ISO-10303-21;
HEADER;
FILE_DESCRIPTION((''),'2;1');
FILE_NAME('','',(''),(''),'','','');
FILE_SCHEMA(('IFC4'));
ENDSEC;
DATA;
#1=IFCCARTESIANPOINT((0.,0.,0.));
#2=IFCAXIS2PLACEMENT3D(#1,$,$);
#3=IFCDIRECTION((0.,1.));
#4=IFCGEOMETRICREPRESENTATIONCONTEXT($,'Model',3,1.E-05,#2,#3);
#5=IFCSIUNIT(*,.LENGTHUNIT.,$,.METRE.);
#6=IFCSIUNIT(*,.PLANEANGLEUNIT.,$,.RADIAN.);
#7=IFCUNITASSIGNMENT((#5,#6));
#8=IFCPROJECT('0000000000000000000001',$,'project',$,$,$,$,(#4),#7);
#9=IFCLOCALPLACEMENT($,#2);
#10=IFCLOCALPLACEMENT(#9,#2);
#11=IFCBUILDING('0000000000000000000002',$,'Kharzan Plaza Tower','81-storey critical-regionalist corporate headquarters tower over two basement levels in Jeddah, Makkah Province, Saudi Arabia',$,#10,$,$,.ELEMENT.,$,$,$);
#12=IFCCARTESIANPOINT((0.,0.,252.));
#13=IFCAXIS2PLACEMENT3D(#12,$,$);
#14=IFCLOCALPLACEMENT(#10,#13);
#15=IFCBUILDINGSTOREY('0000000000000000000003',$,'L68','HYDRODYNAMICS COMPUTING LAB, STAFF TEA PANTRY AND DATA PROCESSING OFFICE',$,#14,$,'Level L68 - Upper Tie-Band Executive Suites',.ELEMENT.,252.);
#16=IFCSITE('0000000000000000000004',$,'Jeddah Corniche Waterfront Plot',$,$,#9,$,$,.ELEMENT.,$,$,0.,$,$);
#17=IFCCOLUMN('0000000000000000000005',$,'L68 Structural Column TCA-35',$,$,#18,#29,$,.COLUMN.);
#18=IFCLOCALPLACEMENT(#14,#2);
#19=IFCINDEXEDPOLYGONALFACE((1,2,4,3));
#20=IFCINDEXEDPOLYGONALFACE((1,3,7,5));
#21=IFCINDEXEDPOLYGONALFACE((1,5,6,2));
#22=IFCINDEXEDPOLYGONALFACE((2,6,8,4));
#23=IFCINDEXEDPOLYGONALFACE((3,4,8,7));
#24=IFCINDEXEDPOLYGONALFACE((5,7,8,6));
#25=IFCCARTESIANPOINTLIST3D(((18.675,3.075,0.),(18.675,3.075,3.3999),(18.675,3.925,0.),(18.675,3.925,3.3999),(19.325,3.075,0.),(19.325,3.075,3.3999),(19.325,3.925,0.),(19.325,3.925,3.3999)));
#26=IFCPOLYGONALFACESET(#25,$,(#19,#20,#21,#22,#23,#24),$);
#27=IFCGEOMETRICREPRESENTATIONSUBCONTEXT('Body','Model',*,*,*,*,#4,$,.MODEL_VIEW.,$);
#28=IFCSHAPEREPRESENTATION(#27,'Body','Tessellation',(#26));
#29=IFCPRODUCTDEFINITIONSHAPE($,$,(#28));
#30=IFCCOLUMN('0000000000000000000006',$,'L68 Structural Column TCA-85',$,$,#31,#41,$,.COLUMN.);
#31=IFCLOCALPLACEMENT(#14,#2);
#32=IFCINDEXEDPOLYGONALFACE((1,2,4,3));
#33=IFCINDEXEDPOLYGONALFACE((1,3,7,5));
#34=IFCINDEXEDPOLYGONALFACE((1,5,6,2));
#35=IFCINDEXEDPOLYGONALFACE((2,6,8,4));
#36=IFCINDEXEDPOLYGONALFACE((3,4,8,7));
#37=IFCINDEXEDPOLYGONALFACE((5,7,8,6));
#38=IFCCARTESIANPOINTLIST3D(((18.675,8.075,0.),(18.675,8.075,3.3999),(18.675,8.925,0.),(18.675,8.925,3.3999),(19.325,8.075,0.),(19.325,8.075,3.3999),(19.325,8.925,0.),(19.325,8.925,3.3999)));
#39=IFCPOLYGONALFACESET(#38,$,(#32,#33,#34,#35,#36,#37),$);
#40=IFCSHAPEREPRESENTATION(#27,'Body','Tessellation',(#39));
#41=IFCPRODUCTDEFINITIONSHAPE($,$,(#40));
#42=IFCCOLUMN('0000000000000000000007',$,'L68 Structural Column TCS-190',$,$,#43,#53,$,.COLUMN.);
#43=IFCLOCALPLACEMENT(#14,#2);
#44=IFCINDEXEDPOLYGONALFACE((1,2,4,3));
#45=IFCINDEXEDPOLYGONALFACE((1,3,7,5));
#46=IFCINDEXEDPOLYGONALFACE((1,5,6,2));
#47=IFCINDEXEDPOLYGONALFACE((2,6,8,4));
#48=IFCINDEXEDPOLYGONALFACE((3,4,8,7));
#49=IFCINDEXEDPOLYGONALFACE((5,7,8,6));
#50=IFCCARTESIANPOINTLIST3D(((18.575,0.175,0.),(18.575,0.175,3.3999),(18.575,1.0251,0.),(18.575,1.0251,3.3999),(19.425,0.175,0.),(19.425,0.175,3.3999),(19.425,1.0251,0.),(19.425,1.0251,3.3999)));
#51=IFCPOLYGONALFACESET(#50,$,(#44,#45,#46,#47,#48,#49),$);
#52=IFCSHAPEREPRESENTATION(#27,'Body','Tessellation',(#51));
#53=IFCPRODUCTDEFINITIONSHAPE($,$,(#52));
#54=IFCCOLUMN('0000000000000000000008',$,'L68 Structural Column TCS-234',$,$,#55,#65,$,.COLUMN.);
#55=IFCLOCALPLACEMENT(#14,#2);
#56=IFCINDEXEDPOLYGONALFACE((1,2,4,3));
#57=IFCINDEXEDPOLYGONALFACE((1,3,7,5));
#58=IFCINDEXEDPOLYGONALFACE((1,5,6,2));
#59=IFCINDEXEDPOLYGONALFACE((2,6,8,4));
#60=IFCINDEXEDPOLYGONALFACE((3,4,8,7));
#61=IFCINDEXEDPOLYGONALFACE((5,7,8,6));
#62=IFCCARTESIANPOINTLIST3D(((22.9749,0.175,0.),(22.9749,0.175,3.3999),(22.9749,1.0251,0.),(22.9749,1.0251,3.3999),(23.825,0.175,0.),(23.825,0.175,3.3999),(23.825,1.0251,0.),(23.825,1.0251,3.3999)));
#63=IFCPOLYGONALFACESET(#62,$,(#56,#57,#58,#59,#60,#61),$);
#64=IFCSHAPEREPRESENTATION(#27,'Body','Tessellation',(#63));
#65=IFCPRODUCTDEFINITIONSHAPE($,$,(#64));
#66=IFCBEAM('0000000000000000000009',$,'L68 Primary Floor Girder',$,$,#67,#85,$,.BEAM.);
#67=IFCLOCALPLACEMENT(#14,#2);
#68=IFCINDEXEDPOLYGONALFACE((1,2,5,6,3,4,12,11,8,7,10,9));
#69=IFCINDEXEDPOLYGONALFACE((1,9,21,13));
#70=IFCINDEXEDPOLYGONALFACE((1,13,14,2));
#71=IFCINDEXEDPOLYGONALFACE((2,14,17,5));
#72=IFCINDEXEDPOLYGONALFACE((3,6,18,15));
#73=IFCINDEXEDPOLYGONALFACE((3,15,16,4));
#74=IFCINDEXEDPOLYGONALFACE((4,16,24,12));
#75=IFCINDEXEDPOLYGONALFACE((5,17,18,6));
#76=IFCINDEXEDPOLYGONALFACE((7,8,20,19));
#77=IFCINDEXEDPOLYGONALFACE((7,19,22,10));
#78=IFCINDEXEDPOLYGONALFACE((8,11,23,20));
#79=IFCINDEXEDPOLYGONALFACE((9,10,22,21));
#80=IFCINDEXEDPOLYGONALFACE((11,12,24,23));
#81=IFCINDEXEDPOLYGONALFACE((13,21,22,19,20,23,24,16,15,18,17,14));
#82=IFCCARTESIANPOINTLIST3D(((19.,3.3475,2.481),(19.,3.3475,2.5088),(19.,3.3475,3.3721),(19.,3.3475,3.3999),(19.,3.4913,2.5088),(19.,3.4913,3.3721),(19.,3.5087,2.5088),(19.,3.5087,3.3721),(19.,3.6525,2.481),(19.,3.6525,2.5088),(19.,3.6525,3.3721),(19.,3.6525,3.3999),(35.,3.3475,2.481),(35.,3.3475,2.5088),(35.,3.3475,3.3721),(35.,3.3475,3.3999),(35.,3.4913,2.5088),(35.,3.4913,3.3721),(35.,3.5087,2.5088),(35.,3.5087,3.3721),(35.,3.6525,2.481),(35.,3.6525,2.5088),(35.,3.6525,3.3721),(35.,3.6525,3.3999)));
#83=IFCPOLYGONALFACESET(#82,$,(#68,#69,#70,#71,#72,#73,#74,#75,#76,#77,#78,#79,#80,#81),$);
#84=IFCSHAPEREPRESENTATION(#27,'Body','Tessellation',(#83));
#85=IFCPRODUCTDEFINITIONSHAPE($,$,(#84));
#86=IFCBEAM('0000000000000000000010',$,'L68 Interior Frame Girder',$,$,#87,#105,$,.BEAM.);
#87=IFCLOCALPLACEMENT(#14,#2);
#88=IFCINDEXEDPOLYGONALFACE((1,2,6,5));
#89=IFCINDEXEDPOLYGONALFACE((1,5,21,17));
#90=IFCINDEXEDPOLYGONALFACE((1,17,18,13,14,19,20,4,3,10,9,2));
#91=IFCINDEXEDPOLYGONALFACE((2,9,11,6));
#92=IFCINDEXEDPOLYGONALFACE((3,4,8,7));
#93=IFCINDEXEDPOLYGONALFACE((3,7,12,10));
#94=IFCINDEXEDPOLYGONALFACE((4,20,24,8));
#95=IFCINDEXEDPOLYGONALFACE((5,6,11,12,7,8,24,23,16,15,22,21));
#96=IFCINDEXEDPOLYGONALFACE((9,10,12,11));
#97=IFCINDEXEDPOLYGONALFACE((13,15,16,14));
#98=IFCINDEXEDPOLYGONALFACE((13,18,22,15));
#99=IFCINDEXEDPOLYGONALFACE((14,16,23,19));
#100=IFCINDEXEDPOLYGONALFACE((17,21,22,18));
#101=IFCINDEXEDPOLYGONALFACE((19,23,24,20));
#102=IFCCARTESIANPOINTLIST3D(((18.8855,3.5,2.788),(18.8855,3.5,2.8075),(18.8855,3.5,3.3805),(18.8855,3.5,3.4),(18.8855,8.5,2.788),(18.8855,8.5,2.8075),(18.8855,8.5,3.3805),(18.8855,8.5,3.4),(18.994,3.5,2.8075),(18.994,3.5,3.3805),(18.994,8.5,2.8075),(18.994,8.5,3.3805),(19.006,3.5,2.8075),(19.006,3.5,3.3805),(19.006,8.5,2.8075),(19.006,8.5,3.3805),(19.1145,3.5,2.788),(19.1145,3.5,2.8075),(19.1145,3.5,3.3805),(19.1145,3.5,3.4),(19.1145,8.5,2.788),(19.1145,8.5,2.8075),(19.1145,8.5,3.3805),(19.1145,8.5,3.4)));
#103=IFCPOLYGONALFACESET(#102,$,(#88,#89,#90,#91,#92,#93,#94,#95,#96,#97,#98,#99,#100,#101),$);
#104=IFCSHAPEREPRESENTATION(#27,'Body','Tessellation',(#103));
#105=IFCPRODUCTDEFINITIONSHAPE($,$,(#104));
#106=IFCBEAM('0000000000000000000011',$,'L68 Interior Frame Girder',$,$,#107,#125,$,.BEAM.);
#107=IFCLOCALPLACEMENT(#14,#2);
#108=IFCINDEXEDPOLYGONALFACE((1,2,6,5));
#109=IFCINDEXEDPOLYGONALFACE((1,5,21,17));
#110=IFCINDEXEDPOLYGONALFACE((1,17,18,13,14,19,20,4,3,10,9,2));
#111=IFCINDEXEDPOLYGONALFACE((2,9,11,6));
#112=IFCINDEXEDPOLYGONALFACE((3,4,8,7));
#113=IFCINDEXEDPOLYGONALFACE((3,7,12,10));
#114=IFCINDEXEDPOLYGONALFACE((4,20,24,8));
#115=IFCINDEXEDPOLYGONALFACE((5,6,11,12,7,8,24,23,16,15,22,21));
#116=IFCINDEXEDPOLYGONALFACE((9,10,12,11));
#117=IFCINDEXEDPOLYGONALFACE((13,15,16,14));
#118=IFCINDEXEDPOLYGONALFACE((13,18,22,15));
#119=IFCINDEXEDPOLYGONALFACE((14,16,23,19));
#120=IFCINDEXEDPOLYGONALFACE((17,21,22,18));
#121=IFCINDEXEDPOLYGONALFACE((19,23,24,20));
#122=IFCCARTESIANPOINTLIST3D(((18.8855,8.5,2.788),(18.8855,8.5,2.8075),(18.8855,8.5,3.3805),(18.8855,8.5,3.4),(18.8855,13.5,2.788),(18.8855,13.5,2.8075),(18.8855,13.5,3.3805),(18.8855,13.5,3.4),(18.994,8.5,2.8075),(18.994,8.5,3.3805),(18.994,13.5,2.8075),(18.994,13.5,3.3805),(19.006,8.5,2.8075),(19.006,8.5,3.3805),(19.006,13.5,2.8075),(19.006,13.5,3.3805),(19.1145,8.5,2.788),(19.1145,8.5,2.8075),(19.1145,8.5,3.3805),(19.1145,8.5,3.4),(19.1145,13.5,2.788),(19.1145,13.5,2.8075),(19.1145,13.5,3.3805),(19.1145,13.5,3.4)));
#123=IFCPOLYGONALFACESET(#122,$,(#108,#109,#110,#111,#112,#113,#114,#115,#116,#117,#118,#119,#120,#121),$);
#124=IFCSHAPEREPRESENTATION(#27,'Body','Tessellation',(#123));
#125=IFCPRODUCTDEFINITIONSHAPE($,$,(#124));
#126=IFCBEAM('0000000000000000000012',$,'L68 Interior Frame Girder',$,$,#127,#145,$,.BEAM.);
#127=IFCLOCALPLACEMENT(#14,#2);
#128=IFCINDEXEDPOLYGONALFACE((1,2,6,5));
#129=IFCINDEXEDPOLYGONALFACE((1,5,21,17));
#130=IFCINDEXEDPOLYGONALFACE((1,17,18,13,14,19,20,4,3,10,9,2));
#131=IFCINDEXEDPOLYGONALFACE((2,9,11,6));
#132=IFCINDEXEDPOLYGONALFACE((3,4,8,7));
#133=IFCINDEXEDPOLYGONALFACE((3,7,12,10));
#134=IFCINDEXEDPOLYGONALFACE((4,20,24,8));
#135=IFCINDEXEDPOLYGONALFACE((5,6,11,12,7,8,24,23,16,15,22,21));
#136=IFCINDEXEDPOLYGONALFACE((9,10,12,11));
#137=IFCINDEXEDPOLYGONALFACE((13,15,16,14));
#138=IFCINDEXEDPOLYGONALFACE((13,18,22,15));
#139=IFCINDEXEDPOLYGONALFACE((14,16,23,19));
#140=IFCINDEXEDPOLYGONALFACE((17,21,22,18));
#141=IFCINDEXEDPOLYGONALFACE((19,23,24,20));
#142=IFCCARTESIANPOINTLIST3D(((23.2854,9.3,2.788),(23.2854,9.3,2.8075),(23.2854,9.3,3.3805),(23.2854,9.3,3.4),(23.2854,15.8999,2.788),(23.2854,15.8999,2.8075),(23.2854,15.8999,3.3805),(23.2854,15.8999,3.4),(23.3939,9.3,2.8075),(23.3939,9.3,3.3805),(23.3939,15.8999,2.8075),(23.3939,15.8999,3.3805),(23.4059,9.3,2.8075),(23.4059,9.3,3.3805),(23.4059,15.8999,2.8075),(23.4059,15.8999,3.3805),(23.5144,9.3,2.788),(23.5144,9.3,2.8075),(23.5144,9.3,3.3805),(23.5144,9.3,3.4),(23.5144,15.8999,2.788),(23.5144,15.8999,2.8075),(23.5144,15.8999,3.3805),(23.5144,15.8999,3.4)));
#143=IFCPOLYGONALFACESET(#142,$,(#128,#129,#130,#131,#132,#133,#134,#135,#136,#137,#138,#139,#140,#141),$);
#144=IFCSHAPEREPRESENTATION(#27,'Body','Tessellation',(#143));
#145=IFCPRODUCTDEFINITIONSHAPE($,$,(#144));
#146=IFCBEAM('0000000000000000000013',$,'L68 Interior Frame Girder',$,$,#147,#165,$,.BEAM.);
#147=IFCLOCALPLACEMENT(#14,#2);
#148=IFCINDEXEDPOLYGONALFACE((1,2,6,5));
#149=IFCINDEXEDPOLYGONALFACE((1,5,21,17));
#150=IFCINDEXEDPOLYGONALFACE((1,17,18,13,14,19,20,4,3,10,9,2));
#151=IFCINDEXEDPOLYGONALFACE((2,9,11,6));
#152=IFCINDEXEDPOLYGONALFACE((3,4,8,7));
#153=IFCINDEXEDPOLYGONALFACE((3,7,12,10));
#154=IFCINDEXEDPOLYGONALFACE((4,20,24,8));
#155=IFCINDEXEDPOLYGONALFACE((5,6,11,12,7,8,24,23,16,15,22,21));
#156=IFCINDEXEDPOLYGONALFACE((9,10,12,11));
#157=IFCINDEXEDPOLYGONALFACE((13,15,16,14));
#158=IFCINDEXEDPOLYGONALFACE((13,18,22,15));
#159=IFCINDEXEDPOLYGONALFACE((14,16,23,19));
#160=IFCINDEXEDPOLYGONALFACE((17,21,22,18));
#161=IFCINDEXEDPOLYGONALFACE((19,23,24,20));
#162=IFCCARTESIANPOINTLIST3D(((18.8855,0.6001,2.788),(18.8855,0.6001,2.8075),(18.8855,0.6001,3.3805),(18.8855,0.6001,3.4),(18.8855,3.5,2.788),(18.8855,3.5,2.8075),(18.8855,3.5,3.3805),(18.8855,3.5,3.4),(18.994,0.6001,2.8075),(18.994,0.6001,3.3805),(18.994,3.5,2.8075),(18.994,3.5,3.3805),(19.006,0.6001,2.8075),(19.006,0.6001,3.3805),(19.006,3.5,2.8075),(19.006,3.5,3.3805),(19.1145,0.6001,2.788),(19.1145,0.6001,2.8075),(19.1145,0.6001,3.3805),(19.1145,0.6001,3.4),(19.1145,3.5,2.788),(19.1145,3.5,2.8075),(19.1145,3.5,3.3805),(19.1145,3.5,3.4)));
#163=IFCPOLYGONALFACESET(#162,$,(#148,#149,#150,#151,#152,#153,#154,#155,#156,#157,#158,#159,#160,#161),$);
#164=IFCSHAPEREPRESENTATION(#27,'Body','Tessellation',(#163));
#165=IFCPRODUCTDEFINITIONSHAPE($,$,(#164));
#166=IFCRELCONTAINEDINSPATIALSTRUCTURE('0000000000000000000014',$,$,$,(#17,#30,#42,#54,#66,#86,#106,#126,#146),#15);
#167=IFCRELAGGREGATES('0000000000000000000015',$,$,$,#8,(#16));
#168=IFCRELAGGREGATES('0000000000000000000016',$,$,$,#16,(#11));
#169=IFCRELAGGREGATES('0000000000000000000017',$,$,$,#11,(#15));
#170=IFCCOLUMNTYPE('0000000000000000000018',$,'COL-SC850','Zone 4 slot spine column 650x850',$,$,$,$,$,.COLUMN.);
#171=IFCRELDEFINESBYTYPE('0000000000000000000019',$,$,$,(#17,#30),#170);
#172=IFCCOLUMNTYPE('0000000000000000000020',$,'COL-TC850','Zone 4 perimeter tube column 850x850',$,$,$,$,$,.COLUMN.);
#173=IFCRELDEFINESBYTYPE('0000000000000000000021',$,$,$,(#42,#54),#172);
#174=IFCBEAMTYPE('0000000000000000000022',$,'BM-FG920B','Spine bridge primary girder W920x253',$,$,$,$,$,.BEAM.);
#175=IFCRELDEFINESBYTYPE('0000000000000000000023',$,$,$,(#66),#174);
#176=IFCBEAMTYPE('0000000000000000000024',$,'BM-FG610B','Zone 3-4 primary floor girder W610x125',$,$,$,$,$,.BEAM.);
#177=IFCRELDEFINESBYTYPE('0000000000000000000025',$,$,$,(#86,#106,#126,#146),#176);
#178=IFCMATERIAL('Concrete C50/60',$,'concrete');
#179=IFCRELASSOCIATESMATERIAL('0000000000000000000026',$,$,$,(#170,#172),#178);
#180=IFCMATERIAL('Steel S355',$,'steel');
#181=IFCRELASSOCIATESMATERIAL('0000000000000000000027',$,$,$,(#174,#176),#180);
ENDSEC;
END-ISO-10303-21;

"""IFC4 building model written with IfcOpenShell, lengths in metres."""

from ifc_helpers import new_model, si_unit, direction, frame, origin, origin_2d, place, context, subcontext, project, spatial, rectangle, i_section, extrude, source, transform, mapped, material, material_profile, profile_set, type_object, element, save


model = new_model("IFC4")

# Units and contexts
model_context = context("Model", 3, precision=1e-05, world=origin(), true_north=direction((0.0, 1.0)))
body_context = subcontext(model_context, "Body", "Model", "MODEL_VIEW")
ifc_project = project(units=[si_unit("LENGTHUNIT", "METRE"), si_unit("PLANEANGLEUNIT", "RADIAN")], contexts=[model_context])

# Site, building, storey
site_placement = place(None, origin())
site = spatial("IfcSite", under=ifc_project, at=site_placement, Name="Jeddah Corniche Waterfront Plot", CompositionType="ELEMENT", RefElevation=0.0)
building_placement = place(site_placement, origin())
building = spatial("IfcBuilding", under=site, at=building_placement, Name="Kharzan Plaza Tower", Description="81-storey critical-regionalist corporate headquarters tower over two basement levels in Jeddah, Makkah Province, Saudi Arabia", CompositionType="ELEMENT")
storey_placement = place(building_placement, frame((0.0, 0.0, 252.0)))
storey = spatial("IfcBuildingStorey", under=building, at=storey_placement, Name="L68", Description="HYDRODYNAMICS COMPUTING LAB, STAFF TEA PANTRY AND DATA PROCESSING OFFICE", LongName="Level L68 - Upper Tie-Band Executive Suites", CompositionType="ELEMENT", Elevation=252.0)

# Columns
ifc_material_1 = material(Name="Concrete C50/60", Category="concrete")
ifc_material_profile_1 = material_profile(ifc_material_1, rectangle(XDim=0.6499, YDim=0.8501, at=origin_2d()), Name="RC-SC850x650")
ifc_profile_set_1 = profile_set([ifc_material_profile_1], Name="Concrete C50/60")
column_type_1 = type_object("IfcColumnType", Name="COL-SC850", Description="Zone 4 slot spine column 650x850", PredefinedType="COLUMN", material=ifc_profile_set_1)
shared_shape_1 = source(origin(), body_context, "Body", "SweptSolid", [
    extrude(rectangle(XDim=0.6499, YDim=0.8501, at=origin_2d()), origin(), (0.0, 0.0, 1.0), 3.3999),
])
for number, where, z_axis, x_axis, name in (
    (1, (19.0, 3.5, 0.0), (0.0, 0.0, 1.0), (1.0, 0.0, 0.0), "L68 Structural Column TCA-35"),
    (2, (19.0, 8.5, 0.0), (0.0, 0.0, 1.0), (1.0, 0.0, 0.0), "L68 Structural Column TCA-85"),
):
    element("IfcColumn", number, at=place(storey_placement, frame(where, z_axis=z_axis, x_axis=x_axis)), inside=storey, type_object=column_type_1, Name=name, PredefinedType="COLUMN", context=body_context, shape_type="MappedRepresentation", body=[
        mapped(shared_shape_1, transform((0.0, 0.0, 0.0), x_axis=(1.0, 0.0, 0.0), y_axis=(0.0, 1.0, 0.0), z_axis=(0.0, 0.0, 1.0))),
    ])
ifc_material_profile_2 = material_profile(ifc_material_1, rectangle(XDim=0.8501, YDim=0.8501, at=origin_2d()), Name="RC-TC850x850")
ifc_profile_set_2 = profile_set([ifc_material_profile_2], Name="Concrete C50/60")
column_type_2 = type_object("IfcColumnType", Name="COL-TC850", Description="Zone 4 perimeter tube column 850x850", PredefinedType="COLUMN", material=ifc_profile_set_2)
shared_shape_2 = source(origin(), body_context, "Body", "SweptSolid", [
    extrude(rectangle(XDim=0.8501, YDim=0.8501, at=origin_2d()), origin(), (0.0, 0.0, 1.0), 3.3999),
])
for number, where, z_axis, x_axis, name in (
    (3, (19.0, 0.6001, 0.0), (0.0, 0.0, 1.0), (1.0, 0.0, 0.0), "L68 Structural Column TCS-190"),
    (4, (23.3999, 0.6001, 0.0), (0.0, 0.0, 1.0), (1.0, 0.0, 0.0), "L68 Structural Column TCS-234"),
):
    element("IfcColumn", number, at=place(storey_placement, frame(where, z_axis=z_axis, x_axis=x_axis)), inside=storey, type_object=column_type_2, Name=name, PredefinedType="COLUMN", context=body_context, shape_type="MappedRepresentation", body=[
        mapped(shared_shape_2, transform((0.0, 0.0, 0.0), x_axis=(1.0, 0.0, 0.0), y_axis=(0.0, 1.0, 0.0), z_axis=(0.0, 0.0, 1.0))),
    ])

# Beams
ifc_material_2 = material(Name="Steel S355", Category="steel")
ifc_material_profile_3 = material_profile(ifc_material_2, i_section(OverallWidth=0.3049, OverallDepth=0.9189, WebThickness=0.0173, FlangeThickness=0.0278, at=origin_2d()), Name="W920x253")
ifc_profile_set_3 = profile_set([ifc_material_profile_3], Name="Steel S355")
beam_type_1 = type_object("IfcBeamType", Name="BM-FG920B", Description="Spine bridge primary girder W920x253", PredefinedType="BEAM", material=ifc_profile_set_3)
shared_shape_3 = source(origin(), body_context, "Body", "SweptSolid", [
    extrude(i_section(OverallWidth=0.3049, OverallDepth=0.9189, WebThickness=0.0173, FlangeThickness=0.0278, at=origin_2d()), origin(), (0.0, 0.0, 1.0), 16.0),
])
beam_1_placement = place(storey_placement, frame((19.0, 3.5, 2.9404), z_axis=(1.0, 0.0, 0.0), x_axis=(0.0, 1.0, 0.0)))
element("IfcBeam", 5, at=beam_1_placement, inside=storey, type_object=beam_type_1, Name="L68 Primary Floor Girder", PredefinedType="BEAM", context=body_context, shape_type="MappedRepresentation", body=[
    mapped(shared_shape_3, transform((0.0, 0.0, 0.0), x_axis=(1.0, 0.0, 0.0), y_axis=(0.0, 1.0, 0.0), z_axis=(0.0, 0.0, 1.0))),
])
ifc_material_profile_4 = material_profile(ifc_material_2, i_section(OverallWidth=0.229, OverallDepth=0.6121, WebThickness=0.012, FlangeThickness=0.0195, at=origin_2d()), Name="W610x125")
ifc_profile_set_4 = profile_set([ifc_material_profile_4], Name="Steel S355")
beam_type_2 = type_object("IfcBeamType", Name="BM-FG610B", Description="Zone 3-4 primary floor girder W610x125", PredefinedType="BEAM", material=ifc_profile_set_4)
shared_shape_4 = source(origin(), body_context, "Body", "SweptSolid", [
    extrude(i_section(OverallWidth=0.229, OverallDepth=0.6121, WebThickness=0.012, FlangeThickness=0.0195, at=origin_2d()), origin(), (0.0, 0.0, 1.0), 5.0),
])
for number, where, z_axis, x_axis, name in (
    (6, (19.0, 3.5, 3.094), (0.0, 1.0, 0.0), (-1.0, 0.0, 0.0), "L68 Interior Frame Girder"),
    (7, (19.0, 8.5, 3.094), (0.0, 1.0, 0.0), (-1.0, 0.0, 0.0), "L68 Interior Frame Girder"),
):
    element("IfcBeam", number, at=place(storey_placement, frame(where, z_axis=z_axis, x_axis=x_axis)), inside=storey, type_object=beam_type_2, Name=name, PredefinedType="BEAM", context=body_context, shape_type="MappedRepresentation", body=[
        mapped(shared_shape_4, transform((0.0, 0.0, 0.0), x_axis=(1.0, 0.0, 0.0), y_axis=(0.0, 1.0, 0.0), z_axis=(0.0, 0.0, 1.0))),
    ])
shared_shape_5 = source(origin(), body_context, "Body", "SweptSolid", [
    extrude(i_section(OverallWidth=0.229, OverallDepth=0.6121, WebThickness=0.012, FlangeThickness=0.0195, at=origin_2d()), origin(), (0.0, 0.0, 1.0), 6.5999),
])
beam_2_placement = place(storey_placement, frame((23.3999, 9.3, 3.094), z_axis=(0.0, 1.0, 0.0), x_axis=(-1.0, 0.0, 0.0)))
element("IfcBeam", 8, at=beam_2_placement, inside=storey, type_object=beam_type_2, Name="L68 Interior Frame Girder", PredefinedType="BEAM", context=body_context, shape_type="MappedRepresentation", body=[
    mapped(shared_shape_5, transform((0.0, 0.0, 0.0), x_axis=(1.0, 0.0, 0.0), y_axis=(0.0, 1.0, 0.0), z_axis=(0.0, 0.0, 1.0))),
])
shared_shape_6 = source(origin(), body_context, "Body", "SweptSolid", [
    extrude(i_section(OverallWidth=0.229, OverallDepth=0.6121, WebThickness=0.012, FlangeThickness=0.0195, at=origin_2d()), origin(), (0.0, 0.0, 1.0), 2.8999),
])
beam_3_placement = place(storey_placement, frame((19.0, 0.6001, 3.094), z_axis=(0.0, 1.0, 0.0), x_axis=(-1.0, 0.0, 0.0)))
element("IfcBeam", 9, at=beam_3_placement, inside=storey, type_object=beam_type_2, Name="L68 Interior Frame Girder", PredefinedType="BEAM", context=body_context, shape_type="MappedRepresentation", body=[
    mapped(shared_shape_6, transform((0.0, 0.0, 0.0), x_axis=(1.0, 0.0, 0.0), y_axis=(0.0, 1.0, 0.0), z_axis=(0.0, 0.0, 1.0))),
])

save(model, "model.ifc")
